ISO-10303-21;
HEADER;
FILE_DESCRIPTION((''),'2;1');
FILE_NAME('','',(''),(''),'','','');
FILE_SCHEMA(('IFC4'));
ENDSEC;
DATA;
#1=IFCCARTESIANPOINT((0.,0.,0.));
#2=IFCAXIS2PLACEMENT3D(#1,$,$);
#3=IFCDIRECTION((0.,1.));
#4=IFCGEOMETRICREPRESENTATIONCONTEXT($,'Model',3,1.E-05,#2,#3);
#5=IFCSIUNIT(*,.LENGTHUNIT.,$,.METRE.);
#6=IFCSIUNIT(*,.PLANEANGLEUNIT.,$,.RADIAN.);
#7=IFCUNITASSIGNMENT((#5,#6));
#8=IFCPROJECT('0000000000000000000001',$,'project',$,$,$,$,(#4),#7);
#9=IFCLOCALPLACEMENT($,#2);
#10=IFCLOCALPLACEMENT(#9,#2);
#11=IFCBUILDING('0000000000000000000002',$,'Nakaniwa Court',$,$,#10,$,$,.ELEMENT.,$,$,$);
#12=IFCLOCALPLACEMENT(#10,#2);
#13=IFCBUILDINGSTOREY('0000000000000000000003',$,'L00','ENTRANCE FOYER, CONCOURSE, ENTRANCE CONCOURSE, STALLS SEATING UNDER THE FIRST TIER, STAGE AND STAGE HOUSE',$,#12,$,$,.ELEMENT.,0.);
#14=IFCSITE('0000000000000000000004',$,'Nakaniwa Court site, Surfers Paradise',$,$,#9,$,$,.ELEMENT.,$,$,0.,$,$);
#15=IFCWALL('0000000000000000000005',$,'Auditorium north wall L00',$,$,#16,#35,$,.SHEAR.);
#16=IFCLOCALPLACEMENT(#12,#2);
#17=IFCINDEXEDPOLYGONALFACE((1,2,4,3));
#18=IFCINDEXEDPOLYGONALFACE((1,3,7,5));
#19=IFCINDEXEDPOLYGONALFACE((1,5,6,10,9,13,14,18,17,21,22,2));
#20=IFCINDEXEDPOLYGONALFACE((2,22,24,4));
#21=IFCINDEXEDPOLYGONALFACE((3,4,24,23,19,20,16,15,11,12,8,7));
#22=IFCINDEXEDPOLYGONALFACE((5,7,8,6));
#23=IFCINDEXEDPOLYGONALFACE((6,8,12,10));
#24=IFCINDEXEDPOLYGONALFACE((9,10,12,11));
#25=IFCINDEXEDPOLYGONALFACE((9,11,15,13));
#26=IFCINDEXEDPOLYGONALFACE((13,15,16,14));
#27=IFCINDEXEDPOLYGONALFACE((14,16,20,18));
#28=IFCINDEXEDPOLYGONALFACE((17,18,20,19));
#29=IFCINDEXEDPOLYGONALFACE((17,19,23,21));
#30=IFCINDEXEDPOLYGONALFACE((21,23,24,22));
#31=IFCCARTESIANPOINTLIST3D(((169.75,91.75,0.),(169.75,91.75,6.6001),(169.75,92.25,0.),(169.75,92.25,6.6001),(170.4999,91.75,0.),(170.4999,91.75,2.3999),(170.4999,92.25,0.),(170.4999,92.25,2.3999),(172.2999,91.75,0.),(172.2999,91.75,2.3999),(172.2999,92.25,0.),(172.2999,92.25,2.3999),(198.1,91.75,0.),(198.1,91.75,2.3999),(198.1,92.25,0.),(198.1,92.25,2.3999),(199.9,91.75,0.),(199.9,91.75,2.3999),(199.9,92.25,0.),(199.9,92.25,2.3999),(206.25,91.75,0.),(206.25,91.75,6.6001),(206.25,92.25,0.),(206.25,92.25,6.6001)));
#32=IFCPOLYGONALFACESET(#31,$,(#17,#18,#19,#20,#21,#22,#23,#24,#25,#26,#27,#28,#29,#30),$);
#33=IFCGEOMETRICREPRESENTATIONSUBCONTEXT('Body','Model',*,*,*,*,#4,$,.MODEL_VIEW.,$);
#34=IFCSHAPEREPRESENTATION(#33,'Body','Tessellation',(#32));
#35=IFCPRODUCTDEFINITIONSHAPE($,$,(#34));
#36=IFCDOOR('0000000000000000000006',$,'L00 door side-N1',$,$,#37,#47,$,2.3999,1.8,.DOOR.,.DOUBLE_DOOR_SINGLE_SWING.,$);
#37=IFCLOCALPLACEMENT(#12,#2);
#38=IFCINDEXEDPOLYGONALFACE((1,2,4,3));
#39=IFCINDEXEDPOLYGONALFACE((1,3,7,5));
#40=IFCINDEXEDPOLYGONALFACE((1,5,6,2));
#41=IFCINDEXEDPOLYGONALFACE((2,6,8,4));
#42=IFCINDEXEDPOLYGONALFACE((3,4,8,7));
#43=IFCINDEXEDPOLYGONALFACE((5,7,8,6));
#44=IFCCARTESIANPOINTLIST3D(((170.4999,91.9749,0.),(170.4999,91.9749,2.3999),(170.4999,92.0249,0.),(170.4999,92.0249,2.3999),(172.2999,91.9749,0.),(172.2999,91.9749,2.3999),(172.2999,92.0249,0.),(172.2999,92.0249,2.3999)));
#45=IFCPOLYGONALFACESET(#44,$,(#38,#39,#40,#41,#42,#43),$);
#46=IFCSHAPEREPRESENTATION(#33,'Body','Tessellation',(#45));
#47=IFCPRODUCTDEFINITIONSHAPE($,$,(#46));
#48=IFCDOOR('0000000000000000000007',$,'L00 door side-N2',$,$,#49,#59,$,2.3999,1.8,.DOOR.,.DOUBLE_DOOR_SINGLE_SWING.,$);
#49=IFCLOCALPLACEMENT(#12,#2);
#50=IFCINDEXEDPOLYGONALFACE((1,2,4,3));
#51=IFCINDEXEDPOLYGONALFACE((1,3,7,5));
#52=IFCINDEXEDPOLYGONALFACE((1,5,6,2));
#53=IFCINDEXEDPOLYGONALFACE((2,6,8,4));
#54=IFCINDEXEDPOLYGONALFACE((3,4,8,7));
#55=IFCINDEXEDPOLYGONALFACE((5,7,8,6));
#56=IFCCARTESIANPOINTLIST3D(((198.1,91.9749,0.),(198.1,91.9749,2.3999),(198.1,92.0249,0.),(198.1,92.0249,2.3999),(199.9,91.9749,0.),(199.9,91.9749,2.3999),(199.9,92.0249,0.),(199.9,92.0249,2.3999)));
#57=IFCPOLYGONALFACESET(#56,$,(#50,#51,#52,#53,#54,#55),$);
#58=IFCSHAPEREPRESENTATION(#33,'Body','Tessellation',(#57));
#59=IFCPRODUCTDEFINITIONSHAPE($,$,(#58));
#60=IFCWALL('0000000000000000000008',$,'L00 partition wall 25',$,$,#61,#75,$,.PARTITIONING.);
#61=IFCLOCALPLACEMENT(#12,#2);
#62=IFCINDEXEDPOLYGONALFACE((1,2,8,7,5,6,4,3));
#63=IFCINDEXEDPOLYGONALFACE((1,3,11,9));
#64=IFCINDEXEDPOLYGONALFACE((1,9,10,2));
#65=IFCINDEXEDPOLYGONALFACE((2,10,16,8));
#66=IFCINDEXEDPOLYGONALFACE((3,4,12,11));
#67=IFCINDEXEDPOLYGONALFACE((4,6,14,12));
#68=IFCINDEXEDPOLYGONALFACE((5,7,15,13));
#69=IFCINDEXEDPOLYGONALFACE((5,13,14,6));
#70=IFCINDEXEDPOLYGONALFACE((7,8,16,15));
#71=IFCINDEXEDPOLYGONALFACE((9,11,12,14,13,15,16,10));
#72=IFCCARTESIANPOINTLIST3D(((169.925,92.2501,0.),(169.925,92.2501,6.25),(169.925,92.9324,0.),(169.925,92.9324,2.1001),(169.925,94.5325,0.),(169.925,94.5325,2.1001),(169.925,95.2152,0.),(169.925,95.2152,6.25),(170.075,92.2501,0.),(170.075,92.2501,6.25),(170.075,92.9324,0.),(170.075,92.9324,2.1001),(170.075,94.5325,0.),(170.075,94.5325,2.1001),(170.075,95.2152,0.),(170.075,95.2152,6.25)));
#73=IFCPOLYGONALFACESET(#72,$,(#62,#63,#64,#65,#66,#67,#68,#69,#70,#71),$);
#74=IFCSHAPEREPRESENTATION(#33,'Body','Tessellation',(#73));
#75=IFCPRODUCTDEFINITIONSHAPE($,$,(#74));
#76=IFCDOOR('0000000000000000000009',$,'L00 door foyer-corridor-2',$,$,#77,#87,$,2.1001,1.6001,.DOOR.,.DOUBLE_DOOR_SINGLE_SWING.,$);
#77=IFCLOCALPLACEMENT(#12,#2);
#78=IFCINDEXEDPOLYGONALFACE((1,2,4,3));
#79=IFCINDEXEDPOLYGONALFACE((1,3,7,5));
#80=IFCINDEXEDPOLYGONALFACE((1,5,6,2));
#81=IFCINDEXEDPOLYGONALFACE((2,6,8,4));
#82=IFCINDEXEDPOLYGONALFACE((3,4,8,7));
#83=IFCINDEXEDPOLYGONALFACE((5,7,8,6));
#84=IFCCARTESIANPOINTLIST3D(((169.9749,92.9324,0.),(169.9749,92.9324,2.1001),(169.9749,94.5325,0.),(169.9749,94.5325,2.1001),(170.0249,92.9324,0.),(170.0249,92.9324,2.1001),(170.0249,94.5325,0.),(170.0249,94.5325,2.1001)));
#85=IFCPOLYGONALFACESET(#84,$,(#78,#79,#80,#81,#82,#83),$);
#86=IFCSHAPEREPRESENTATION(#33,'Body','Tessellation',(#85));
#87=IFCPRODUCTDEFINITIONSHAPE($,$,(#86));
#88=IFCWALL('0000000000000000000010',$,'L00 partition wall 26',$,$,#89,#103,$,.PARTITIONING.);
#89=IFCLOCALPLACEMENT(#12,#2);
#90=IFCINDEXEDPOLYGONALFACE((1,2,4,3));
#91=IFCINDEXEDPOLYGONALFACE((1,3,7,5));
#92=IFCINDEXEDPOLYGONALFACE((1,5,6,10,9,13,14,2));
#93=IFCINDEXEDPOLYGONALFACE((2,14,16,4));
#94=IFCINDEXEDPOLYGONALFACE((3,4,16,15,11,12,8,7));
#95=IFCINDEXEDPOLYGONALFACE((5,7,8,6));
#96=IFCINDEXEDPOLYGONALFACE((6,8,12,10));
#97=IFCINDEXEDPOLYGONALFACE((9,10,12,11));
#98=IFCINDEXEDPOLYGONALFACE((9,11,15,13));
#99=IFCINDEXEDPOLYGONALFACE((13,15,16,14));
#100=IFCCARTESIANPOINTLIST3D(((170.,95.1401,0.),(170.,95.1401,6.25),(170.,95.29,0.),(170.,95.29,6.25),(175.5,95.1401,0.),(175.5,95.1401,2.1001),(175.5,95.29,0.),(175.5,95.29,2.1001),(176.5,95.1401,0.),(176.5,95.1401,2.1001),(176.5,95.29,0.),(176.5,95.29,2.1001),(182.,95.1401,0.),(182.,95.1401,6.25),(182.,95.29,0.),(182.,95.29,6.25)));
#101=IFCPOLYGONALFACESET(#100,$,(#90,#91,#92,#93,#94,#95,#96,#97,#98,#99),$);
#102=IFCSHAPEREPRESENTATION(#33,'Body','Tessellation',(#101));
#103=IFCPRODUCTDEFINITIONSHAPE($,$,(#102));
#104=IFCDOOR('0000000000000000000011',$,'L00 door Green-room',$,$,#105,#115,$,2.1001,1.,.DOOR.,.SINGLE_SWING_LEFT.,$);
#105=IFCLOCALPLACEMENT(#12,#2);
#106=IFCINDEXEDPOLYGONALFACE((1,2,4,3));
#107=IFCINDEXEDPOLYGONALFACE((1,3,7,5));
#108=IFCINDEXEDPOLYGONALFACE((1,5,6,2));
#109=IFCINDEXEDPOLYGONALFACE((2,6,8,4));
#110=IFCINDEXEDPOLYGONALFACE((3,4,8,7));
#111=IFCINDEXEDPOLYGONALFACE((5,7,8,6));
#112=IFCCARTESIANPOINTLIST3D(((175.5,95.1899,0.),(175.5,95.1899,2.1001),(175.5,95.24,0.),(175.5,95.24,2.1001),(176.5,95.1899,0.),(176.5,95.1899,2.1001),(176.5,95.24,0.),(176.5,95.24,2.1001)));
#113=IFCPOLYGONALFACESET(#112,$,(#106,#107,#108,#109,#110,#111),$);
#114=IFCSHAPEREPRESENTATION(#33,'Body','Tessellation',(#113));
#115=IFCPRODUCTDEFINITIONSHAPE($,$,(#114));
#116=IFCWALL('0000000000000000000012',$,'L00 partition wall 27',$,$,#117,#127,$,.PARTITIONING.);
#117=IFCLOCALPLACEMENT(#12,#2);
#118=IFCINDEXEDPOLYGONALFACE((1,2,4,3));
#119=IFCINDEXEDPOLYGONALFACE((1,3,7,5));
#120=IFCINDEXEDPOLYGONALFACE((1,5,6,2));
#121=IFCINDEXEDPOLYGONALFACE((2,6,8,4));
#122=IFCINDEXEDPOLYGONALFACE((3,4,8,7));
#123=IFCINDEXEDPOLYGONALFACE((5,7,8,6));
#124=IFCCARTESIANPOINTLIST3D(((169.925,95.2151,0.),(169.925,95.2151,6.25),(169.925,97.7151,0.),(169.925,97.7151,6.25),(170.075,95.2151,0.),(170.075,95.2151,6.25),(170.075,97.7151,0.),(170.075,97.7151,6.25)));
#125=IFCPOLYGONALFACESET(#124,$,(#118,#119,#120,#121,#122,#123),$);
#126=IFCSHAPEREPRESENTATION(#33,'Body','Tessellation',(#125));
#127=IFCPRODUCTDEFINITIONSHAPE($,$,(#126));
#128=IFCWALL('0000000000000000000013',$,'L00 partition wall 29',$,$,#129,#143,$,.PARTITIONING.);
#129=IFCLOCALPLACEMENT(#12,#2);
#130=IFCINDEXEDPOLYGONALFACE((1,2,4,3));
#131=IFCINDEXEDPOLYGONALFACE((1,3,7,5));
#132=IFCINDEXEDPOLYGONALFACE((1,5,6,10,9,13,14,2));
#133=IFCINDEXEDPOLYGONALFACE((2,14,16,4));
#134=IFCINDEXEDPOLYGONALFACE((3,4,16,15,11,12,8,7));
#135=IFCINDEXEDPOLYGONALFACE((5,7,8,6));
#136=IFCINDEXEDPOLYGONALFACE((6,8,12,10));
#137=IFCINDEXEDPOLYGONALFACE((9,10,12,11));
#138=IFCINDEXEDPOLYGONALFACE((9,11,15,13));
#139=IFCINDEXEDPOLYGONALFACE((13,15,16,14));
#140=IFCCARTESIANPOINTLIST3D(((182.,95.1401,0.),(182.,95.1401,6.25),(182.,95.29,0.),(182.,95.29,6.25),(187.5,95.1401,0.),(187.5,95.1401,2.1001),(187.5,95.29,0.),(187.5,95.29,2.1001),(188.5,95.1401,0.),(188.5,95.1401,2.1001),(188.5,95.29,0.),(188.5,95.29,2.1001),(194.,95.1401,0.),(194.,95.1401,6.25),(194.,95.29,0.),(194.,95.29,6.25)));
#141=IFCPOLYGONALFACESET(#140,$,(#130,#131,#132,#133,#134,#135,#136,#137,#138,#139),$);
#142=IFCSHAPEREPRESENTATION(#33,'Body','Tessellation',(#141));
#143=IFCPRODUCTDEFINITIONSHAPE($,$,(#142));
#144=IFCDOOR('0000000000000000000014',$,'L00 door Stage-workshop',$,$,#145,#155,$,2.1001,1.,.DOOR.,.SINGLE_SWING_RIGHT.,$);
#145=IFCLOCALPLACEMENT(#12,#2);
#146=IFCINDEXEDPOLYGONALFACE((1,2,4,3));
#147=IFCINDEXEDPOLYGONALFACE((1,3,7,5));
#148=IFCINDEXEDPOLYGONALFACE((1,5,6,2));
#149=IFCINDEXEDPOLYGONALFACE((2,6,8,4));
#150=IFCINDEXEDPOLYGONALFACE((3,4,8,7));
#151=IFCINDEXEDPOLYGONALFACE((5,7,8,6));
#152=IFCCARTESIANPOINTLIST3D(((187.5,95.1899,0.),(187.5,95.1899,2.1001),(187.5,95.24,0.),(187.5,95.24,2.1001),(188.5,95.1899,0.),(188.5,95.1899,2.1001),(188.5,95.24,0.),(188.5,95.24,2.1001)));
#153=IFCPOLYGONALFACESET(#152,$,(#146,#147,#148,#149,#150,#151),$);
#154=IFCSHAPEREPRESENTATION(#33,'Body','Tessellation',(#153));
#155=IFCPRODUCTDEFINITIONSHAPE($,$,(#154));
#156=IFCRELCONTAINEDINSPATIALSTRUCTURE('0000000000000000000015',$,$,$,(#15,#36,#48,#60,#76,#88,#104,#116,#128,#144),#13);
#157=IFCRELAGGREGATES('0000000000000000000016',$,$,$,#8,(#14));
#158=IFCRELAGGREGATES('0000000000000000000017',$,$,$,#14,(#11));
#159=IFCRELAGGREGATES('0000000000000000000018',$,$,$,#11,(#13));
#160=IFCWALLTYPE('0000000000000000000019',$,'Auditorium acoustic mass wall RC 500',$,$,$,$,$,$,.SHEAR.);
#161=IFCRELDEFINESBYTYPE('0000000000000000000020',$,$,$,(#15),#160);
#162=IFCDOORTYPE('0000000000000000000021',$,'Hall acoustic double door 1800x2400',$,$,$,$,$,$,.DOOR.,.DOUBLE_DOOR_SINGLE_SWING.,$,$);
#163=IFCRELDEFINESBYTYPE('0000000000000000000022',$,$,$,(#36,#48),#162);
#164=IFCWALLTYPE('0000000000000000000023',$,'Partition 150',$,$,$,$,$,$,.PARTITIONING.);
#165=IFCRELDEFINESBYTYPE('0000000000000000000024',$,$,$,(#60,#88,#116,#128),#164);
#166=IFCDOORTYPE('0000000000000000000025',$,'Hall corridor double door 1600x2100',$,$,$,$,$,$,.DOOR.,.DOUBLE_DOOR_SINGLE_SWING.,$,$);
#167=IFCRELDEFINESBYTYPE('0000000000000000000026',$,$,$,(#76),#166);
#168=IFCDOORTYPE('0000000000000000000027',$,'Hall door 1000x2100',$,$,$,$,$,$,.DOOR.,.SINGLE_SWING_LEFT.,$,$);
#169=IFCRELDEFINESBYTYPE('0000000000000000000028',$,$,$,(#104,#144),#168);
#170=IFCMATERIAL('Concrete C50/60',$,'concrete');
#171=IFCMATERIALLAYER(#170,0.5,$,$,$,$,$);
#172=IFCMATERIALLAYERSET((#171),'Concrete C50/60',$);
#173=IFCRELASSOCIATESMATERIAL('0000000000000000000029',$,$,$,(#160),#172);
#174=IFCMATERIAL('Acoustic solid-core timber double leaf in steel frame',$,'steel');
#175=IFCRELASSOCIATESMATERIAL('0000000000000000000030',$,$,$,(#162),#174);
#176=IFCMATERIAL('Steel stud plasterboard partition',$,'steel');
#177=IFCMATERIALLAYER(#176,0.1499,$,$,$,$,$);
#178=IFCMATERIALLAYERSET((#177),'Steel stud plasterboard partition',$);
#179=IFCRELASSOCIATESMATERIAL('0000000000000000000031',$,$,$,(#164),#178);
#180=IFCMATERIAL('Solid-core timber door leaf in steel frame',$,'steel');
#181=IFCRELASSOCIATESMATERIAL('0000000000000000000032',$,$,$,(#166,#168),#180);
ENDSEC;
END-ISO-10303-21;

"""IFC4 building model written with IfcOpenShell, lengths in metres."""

from ifc_helpers import new_model, si_unit, direction, frame, frame_2d, origin, place, context, subcontext, project, spatial, rectangle, extrude, material, layer, layer_set, type_object, element, fill, save


model = new_model("IFC4")

# Units and contexts
model_context = context("Model", 3, precision=1e-05, world=origin(), true_north=direction((0.0, 1.0)))
body_context = subcontext(model_context, "Body", "Model", "MODEL_VIEW")
ifc_project = project(units=[si_unit("LENGTHUNIT", "METRE"), si_unit("PLANEANGLEUNIT", "RADIAN")], contexts=[model_context])

# Site, building, storey
site_placement = place(None, origin())
site = spatial("IfcSite", under=ifc_project, at=site_placement, Name="Nakaniwa Court site, Surfers Paradise", CompositionType="ELEMENT", RefElevation=0.0)
building_placement = place(site_placement, origin())
building = spatial("IfcBuilding", under=site, at=building_placement, Name="Nakaniwa Court", CompositionType="ELEMENT")
storey_placement = place(building_placement, origin())
storey = spatial("IfcBuildingStorey", under=building, at=storey_placement, Name="L00", Description="ENTRANCE FOYER, CONCOURSE, ENTRANCE CONCOURSE, STALLS SEATING UNDER THE FIRST TIER, STAGE AND STAGE HOUSE", CompositionType="ELEMENT", Elevation=0.0)

# Shared definitions
ifc_material_1 = material(Name="Concrete C50/60", Category="concrete")

# Wall, openings, doors
ifc_layer_1 = layer(ifc_material_1, 0.5)
ifc_layer_set_1 = layer_set([ifc_layer_1], Name="Concrete C50/60")
wall_type_1 = type_object("IfcWallType", Name="Auditorium acoustic mass wall RC 500", PredefinedType="SHEAR", material=ifc_layer_set_1)
wall_1_placement = place(storey_placement, frame((169.75, 92.0, 0.0), z_axis=(0.0, 0.0, 1.0), x_axis=(1.0, 0.0, 0.0)))
wall_1 = element("IfcWall", 1, at=wall_1_placement, inside=storey, type_object=wall_type_1, Name="Auditorium north wall L00", PredefinedType="SHEAR", context=body_context, shape_type="SweptSolid", body=[
    extrude(rectangle(XDim=36.5, YDim=0.5, at=frame_2d((18.25, 0.0))), origin(), (0.0, 0.0, 1.0), 6.6001),
])
opening_1_placement = place(wall_1_placement, frame((0.75, 0.0, 0.0)))
opening_1 = element("IfcOpeningElement", 2, at=opening_1_placement, cuts=wall_1, PredefinedType="OPENING", context=body_context, shape_type="SweptSolid", body=[
    extrude(rectangle(XDim=1.8, YDim=2.3999, at=frame_2d((0.8999, 1.2))), frame((0.0, 0.26, 0.0), z_axis=(0.0, -1.0, 0.0), x_axis=(1.0, 0.0, 0.0)), (0.0, 0.0, 1.0), 0.52),
])
opening_2_placement = place(wall_1_placement, frame((28.3501, 0.0, 0.0)))
opening_2 = element("IfcOpeningElement", 3, at=opening_2_placement, cuts=wall_1, PredefinedType="OPENING", context=body_context, shape_type="SweptSolid", body=[
    extrude(rectangle(XDim=1.8, YDim=2.3999, at=frame_2d((0.8999, 1.2))), frame((0.0, 0.26, 0.0), z_axis=(0.0, -1.0, 0.0), x_axis=(1.0, 0.0, 0.0)), (0.0, 0.0, 1.0), 0.52),
])
ifc_material_2 = material(Name="Acoustic solid-core timber double leaf in steel frame", Category="steel")
door_type_1 = type_object("IfcDoorType", Name="Hall acoustic double door 1800x2400", OperationType="DOUBLE_DOOR_SINGLE_SWING", PredefinedType="DOOR", material=ifc_material_2)
door_1_placement = place(opening_1_placement, origin())
door_1 = element("IfcDoor", 4, at=door_1_placement, inside=storey, type_object=door_type_1, Name="L00 door side-N1", OperationType="DOUBLE_DOOR_SINGLE_SWING", OverallHeight=2.3999, OverallWidth=1.8, PredefinedType="DOOR", context=body_context, shape_type="SweptSolid", body=[
    extrude(rectangle(XDim=1.8, YDim=2.3999, at=frame_2d((0.8999, 1.2))), frame((0.0, 0.0249, 0.0), z_axis=(0.0, -1.0, 0.0), x_axis=(1.0, 0.0, 0.0)), (0.0, 0.0, 1.0), 0.05),
])
fill(opening_1, door_1)
door_2_placement = place(opening_2_placement, origin())
door_2 = element("IfcDoor", 5, at=door_2_placement, inside=storey, type_object=door_type_1, Name="L00 door side-N2", OperationType="DOUBLE_DOOR_SINGLE_SWING", OverallHeight=2.3999, OverallWidth=1.8, PredefinedType="DOOR", context=body_context, shape_type="SweptSolid", body=[
    extrude(rectangle(XDim=1.8, YDim=2.3999, at=frame_2d((0.8999, 1.2))), frame((0.0, 0.0249, 0.0), z_axis=(0.0, -1.0, 0.0), x_axis=(1.0, 0.0, 0.0)), (0.0, 0.0, 1.0), 0.05),
])
fill(opening_2, door_2)

# Walls, openings, doors
ifc_material_3 = material(Name="Steel stud plasterboard partition", Category="steel")
ifc_layer_2 = layer(ifc_material_3, 0.1499)
ifc_layer_set_2 = layer_set([ifc_layer_2], Name="Steel stud plasterboard partition")
wall_type_2 = type_object("IfcWallType", Name="Partition 150", PredefinedType="PARTITIONING", material=ifc_layer_set_2)
wall_2_placement = place(storey_placement, frame((170.0, 95.2151, 0.0), z_axis=(0.0, 0.0, 1.0), x_axis=(0.0, -1.0, 0.0)))
wall_2 = element("IfcWall", 6, at=wall_2_placement, inside=storey, type_object=wall_type_2, Name="L00 partition wall 25", PredefinedType="PARTITIONING", context=body_context, shape_type="SweptSolid", body=[
    extrude(rectangle(XDim=2.9651, YDim=0.1499, at=frame_2d((1.4824, 0.0))), origin(), (0.0, 0.0, 1.0), 6.25),
])
opening_3_placement = place(wall_2_placement, frame((0.6826, 0.0, 0.0)))
opening_3 = element("IfcOpeningElement", 7, at=opening_3_placement, cuts=wall_2, PredefinedType="OPENING", context=body_context, shape_type="SweptSolid", body=[
    extrude(rectangle(XDim=1.6001, YDim=2.1001, at=frame_2d((0.8, 1.05))), frame((0.0, 0.085, 0.0), z_axis=(0.0, -1.0, 0.0), x_axis=(1.0, 0.0, 0.0)), (0.0, 0.0, 1.0), 0.1699),
])
ifc_material_4 = material(Name="Solid-core timber door leaf in steel frame", Category="steel")
door_type_2 = type_object("IfcDoorType", Name="Hall corridor double door 1600x2100", OperationType="DOUBLE_DOOR_SINGLE_SWING", PredefinedType="DOOR", material=ifc_material_4)
door_3_placement = place(opening_3_placement, origin())
door_3 = element("IfcDoor", 8, at=door_3_placement, inside=storey, type_object=door_type_2, Name="L00 door foyer-corridor-2", OperationType="DOUBLE_DOOR_SINGLE_SWING", OverallHeight=2.1001, OverallWidth=1.6001, PredefinedType="DOOR", context=body_context, shape_type="SweptSolid", body=[
    extrude(rectangle(XDim=1.6001, YDim=2.1001, at=frame_2d((0.8, 1.05))), frame((0.0, 0.0249, 0.0), z_axis=(0.0, -1.0, 0.0), x_axis=(1.0, 0.0, 0.0)), (0.0, 0.0, 1.0), 0.05),
])
fill(opening_3, door_3)
wall_3_placement = place(storey_placement, frame((170.0, 95.2151, 0.0), z_axis=(0.0, 0.0, 1.0), x_axis=(1.0, 0.0, 0.0)))
wall_3 = element("IfcWall", 9, at=wall_3_placement, inside=storey, type_object=wall_type_2, Name="L00 partition wall 26", PredefinedType="PARTITIONING", context=body_context, shape_type="SweptSolid", body=[
    extrude(rectangle(XDim=12.0, YDim=0.1499, at=frame_2d((6.0, 0.0))), origin(), (0.0, 0.0, 1.0), 6.25),
])
opening_4_placement = place(wall_3_placement, frame((5.5, 0.0, 0.0)))
opening_4 = element("IfcOpeningElement", 10, at=opening_4_placement, cuts=wall_3, PredefinedType="OPENING", context=body_context, shape_type="SweptSolid", body=[
    extrude(rectangle(XDim=1.0, YDim=2.1001, at=frame_2d((0.5, 1.05))), frame((0.0, 0.085, 0.0), z_axis=(0.0, -1.0, 0.0), x_axis=(1.0, 0.0, 0.0)), (0.0, 0.0, 1.0), 0.1699),
])
door_type_3 = type_object("IfcDoorType", Name="Hall door 1000x2100", OperationType="SINGLE_SWING_LEFT", PredefinedType="DOOR", material=ifc_material_4)
door_4_placement = place(opening_4_placement, origin())
door_4 = element("IfcDoor", 11, at=door_4_placement, inside=storey, type_object=door_type_3, Name="L00 door Green-room", OperationType="SINGLE_SWING_LEFT", OverallHeight=2.1001, OverallWidth=1.0, PredefinedType="DOOR", context=body_context, shape_type="SweptSolid", body=[
    extrude(rectangle(XDim=1.0, YDim=2.1001, at=frame_2d((0.5, 1.05))), frame((0.0, 0.0249, 0.0), z_axis=(0.0, -1.0, 0.0), x_axis=(1.0, 0.0, 0.0)), (0.0, 0.0, 1.0), 0.05),
])
fill(opening_4, door_4)

# Wall
wall_4_placement = place(storey_placement, frame((170.0, 97.7151, 0.0), z_axis=(0.0, 0.0, 1.0), x_axis=(0.0, -1.0, 0.0)))
element("IfcWall", 12, at=wall_4_placement, inside=storey, type_object=wall_type_2, Name="L00 partition wall 27", PredefinedType="PARTITIONING", context=body_context, shape_type="SweptSolid", body=[
    extrude(rectangle(XDim=2.5, YDim=0.1499, at=frame_2d((1.25, 0.0))), origin(), (0.0, 0.0, 1.0), 6.25),
])

# Wall, opening, door
wall_5_placement = place(storey_placement, frame((182.0, 95.2151, 0.0), z_axis=(0.0, 0.0, 1.0), x_axis=(1.0, 0.0, 0.0)))
wall_5 = element("IfcWall", 13, at=wall_5_placement, inside=storey, type_object=wall_type_2, Name="L00 partition wall 29", PredefinedType="PARTITIONING", context=body_context, shape_type="SweptSolid", body=[
    extrude(rectangle(XDim=12.0, YDim=0.1499, at=frame_2d((6.0, 0.0))), origin(), (0.0, 0.0, 1.0), 6.25),
])
opening_5_placement = place(wall_5_placement, frame((5.5, 0.0, 0.0)))
opening_5 = element("IfcOpeningElement", 14, at=opening_5_placement, cuts=wall_5, PredefinedType="OPENING", context=body_context, shape_type="SweptSolid", body=[
    extrude(rectangle(XDim=1.0, YDim=2.1001, at=frame_2d((0.5, 1.05))), frame((0.0, 0.085, 0.0), z_axis=(0.0, -1.0, 0.0), x_axis=(1.0, 0.0, 0.0)), (0.0, 0.0, 1.0), 0.1699),
])
door_5_placement = place(opening_5_placement, origin())
door_5 = element("IfcDoor", 15, at=door_5_placement, inside=storey, type_object=door_type_3, Name="L00 door Stage-workshop", OperationType="SINGLE_SWING_RIGHT", OverallHeight=2.1001, OverallWidth=1.0, PredefinedType="DOOR", context=body_context, shape_type="SweptSolid", body=[
    extrude(rectangle(XDim=1.0, YDim=2.1001, at=frame_2d((0.5, 1.05))), frame((0.0, 0.0249, 0.0), z_axis=(0.0, -1.0, 0.0), x_axis=(1.0, 0.0, 0.0)), (0.0, 0.0, 1.0), 0.05),
])
fill(opening_5, door_5)

save(model, "model.ifc")
